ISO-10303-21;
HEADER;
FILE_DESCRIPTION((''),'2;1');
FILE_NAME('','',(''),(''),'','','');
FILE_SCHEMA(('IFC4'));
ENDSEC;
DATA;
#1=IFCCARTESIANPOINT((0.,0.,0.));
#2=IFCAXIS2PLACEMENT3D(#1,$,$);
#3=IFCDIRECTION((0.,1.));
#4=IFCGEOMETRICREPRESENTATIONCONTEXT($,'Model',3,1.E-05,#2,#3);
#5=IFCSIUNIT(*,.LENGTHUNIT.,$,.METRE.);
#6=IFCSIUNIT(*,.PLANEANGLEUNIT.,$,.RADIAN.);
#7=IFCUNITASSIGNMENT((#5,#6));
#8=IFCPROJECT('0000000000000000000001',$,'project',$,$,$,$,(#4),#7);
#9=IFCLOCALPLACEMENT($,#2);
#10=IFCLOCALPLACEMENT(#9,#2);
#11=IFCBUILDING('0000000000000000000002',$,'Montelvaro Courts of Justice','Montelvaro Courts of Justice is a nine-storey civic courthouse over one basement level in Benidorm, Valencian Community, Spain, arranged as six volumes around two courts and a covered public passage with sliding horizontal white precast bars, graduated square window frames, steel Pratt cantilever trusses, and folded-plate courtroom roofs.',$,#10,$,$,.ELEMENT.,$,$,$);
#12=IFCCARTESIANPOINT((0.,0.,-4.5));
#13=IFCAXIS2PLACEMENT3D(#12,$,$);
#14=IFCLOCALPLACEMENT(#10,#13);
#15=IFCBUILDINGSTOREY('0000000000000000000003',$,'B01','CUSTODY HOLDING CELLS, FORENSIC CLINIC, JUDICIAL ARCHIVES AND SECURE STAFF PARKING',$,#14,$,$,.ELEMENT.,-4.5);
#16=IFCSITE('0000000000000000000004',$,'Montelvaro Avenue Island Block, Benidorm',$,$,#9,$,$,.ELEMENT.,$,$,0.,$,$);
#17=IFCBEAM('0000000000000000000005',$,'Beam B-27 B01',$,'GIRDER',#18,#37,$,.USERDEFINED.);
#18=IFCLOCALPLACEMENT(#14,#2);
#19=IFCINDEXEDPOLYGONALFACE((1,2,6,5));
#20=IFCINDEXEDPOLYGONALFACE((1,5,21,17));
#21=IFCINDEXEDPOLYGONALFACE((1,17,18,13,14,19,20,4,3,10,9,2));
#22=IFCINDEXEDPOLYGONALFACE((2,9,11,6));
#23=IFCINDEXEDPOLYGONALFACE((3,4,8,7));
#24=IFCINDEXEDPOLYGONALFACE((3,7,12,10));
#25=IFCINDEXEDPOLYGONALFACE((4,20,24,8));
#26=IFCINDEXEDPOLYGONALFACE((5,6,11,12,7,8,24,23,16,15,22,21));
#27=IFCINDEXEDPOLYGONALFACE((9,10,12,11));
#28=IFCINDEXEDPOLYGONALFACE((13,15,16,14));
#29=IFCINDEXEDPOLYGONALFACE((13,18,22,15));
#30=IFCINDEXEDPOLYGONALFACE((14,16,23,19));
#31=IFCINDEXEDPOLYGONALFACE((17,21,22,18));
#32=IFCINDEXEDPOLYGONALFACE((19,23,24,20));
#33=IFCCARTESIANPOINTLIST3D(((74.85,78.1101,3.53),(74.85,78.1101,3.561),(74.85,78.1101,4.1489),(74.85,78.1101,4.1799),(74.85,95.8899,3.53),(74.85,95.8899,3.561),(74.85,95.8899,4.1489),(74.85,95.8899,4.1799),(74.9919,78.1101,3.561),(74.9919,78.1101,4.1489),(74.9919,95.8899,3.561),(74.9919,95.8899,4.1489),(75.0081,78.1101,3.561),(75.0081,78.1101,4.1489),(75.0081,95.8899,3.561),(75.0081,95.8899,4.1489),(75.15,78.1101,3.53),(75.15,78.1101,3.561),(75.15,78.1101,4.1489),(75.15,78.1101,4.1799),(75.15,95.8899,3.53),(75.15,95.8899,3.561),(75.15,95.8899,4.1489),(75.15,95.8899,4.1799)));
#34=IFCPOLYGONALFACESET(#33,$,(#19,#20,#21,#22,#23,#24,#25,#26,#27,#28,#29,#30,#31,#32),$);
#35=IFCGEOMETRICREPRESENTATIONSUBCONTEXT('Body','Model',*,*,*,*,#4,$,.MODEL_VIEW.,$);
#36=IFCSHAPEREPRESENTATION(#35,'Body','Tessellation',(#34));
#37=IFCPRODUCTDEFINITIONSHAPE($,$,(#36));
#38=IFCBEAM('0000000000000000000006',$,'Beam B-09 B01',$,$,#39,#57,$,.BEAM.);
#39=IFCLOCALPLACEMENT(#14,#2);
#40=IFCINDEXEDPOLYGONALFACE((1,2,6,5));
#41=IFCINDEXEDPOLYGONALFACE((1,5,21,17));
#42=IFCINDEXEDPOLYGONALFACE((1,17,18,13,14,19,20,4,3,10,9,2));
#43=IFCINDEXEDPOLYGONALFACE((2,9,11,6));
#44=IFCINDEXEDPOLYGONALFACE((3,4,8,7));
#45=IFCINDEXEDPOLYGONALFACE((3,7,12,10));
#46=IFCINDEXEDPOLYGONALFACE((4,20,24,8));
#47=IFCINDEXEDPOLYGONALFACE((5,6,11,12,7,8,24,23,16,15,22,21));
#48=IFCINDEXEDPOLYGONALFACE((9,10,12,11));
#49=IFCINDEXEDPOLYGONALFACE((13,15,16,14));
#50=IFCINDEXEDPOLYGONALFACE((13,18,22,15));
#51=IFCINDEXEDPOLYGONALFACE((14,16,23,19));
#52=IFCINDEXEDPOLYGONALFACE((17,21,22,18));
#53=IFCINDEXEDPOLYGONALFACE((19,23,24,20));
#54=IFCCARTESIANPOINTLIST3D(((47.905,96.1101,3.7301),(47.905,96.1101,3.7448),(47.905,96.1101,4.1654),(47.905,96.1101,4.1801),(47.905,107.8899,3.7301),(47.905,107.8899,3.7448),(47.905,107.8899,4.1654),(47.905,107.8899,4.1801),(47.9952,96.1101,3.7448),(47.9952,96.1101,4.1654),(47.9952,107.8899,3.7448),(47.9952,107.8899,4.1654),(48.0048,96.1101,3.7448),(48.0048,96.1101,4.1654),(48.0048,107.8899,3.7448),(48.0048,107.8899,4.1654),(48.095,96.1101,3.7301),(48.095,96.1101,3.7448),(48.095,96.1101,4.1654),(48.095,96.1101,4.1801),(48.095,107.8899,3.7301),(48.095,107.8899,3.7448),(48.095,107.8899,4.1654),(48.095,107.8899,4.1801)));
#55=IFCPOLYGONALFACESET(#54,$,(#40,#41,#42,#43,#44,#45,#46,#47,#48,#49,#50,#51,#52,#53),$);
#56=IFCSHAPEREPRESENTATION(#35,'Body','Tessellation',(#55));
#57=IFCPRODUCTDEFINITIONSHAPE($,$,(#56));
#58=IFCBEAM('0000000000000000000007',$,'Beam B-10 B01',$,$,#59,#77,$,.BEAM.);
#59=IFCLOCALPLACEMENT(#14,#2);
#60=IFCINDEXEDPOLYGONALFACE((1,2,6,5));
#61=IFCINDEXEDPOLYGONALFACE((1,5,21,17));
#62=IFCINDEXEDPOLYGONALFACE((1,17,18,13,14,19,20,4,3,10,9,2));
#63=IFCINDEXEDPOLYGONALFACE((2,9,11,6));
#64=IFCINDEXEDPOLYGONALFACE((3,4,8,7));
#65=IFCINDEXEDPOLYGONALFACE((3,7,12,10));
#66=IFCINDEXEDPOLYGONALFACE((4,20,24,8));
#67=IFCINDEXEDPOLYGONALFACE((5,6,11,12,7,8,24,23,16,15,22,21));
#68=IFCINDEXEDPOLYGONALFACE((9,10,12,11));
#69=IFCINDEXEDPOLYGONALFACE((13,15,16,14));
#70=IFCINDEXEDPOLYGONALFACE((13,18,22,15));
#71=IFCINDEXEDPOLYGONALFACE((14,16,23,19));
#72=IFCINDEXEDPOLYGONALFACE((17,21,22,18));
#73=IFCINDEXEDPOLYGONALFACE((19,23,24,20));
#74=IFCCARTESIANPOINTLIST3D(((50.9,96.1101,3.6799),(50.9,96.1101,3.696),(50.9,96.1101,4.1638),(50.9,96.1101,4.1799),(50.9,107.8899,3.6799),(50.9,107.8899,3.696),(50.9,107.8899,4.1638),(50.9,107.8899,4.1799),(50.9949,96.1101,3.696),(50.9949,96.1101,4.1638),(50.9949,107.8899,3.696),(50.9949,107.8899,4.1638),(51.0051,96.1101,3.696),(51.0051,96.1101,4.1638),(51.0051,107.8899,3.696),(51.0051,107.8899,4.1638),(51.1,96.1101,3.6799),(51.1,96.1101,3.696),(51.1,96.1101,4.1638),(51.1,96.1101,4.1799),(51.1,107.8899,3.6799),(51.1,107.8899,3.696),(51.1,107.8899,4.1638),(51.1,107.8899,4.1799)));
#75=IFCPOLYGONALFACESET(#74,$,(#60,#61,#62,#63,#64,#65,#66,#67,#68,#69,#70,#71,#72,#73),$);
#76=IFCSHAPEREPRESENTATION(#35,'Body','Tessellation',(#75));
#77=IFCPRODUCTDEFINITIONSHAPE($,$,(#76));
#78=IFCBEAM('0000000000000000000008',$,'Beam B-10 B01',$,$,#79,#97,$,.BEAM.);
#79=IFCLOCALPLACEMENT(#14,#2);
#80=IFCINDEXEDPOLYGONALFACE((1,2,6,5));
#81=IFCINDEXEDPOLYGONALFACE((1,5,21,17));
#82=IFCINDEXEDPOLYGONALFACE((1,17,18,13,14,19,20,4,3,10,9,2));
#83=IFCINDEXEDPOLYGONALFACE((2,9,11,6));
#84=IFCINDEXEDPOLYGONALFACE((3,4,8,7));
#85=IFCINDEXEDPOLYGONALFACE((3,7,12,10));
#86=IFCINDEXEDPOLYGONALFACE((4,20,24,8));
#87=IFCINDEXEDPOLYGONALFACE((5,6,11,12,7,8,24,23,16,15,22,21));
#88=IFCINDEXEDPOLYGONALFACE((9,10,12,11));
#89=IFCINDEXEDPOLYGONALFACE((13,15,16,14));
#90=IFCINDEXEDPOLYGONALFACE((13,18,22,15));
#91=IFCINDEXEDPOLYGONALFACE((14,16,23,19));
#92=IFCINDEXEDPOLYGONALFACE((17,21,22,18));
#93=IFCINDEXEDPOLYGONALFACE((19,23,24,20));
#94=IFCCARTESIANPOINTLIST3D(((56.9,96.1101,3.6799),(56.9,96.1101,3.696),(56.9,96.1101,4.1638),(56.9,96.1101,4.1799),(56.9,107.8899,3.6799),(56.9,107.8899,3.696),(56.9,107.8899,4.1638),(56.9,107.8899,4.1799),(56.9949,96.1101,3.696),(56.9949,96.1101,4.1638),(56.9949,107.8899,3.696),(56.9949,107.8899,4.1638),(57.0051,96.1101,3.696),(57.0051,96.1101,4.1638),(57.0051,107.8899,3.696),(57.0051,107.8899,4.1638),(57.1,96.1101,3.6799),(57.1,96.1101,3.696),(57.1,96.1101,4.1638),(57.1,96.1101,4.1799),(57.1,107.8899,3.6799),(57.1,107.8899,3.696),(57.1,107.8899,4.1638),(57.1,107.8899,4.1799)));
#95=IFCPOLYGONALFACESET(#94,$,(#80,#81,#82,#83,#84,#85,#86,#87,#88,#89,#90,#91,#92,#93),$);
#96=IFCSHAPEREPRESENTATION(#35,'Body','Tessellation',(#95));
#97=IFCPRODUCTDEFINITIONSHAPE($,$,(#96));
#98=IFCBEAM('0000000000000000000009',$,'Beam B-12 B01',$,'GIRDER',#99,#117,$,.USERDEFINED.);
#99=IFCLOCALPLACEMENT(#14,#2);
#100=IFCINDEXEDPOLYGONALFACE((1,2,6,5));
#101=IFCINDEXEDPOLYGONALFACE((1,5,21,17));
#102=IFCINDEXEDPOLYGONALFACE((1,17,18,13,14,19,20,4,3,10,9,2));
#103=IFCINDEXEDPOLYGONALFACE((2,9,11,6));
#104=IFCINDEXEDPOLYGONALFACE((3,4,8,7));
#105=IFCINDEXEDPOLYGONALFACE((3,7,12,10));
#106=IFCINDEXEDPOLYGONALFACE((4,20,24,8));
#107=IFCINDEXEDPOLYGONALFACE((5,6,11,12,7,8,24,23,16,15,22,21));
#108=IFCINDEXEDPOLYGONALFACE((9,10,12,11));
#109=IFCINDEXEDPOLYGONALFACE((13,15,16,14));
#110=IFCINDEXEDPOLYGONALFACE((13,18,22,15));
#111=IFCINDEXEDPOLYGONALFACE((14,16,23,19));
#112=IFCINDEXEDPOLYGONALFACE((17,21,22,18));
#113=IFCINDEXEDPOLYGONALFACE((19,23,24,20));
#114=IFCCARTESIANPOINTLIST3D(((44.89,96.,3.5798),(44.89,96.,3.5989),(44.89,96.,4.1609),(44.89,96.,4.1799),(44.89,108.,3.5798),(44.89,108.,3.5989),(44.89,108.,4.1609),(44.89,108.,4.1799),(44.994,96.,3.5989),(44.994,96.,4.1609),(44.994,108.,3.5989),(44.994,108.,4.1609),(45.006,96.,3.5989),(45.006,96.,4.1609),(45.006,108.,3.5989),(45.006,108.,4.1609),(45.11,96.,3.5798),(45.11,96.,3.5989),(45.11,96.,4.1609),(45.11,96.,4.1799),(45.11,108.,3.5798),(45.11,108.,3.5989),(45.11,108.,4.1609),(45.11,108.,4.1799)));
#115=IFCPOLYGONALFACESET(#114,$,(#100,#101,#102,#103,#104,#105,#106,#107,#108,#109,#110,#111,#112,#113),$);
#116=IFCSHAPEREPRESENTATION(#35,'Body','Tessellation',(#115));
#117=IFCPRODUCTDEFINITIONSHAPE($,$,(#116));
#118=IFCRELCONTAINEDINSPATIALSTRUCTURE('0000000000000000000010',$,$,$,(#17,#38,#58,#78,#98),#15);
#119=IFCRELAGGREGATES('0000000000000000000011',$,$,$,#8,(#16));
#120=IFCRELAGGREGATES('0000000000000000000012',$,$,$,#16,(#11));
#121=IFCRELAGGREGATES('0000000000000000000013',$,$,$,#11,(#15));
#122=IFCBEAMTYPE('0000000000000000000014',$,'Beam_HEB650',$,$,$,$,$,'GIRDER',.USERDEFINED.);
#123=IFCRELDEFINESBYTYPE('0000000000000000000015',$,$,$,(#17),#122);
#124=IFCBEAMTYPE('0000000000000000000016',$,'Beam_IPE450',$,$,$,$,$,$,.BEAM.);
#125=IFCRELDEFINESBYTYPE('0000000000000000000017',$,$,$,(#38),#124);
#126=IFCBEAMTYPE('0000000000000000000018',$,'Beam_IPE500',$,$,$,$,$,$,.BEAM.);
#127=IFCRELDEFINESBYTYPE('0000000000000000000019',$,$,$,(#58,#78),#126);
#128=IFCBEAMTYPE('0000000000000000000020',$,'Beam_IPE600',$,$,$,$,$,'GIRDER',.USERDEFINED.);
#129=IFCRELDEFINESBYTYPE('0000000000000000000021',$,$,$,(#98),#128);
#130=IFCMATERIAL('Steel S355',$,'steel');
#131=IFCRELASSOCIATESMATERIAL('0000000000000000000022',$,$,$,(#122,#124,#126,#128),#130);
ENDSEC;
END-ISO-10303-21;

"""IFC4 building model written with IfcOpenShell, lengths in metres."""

from ifc_helpers import new_model, si_unit, direction, frame, origin, origin_2d, place, context, subcontext, project, spatial, i_section, extrude, material, material_profile, profile_set, type_object, element, save


model = new_model("IFC4")

# Units and contexts
model_context = context("Model", 3, precision=1e-05, world=origin(), true_north=direction((0.0, 1.0)))
body_context = subcontext(model_context, "Body", "Model", "MODEL_VIEW")
ifc_project = project(units=[si_unit("LENGTHUNIT", "METRE"), si_unit("PLANEANGLEUNIT", "RADIAN")], contexts=[model_context])

# Site, building, storey
site_placement = place(None, origin())
site = spatial("IfcSite", under=ifc_project, at=site_placement, Name="Montelvaro Avenue Island Block, Benidorm", CompositionType="ELEMENT", RefElevation=0.0)
building_placement = place(site_placement, origin())
building = spatial("IfcBuilding", under=site, at=building_placement, Name="Montelvaro Courts of Justice", Description="Montelvaro Courts of Justice is a nine-storey civic courthouse over one basement level in Benidorm, Valencian Community, Spain, arranged as six volumes around two courts and a covered public passage with sliding horizontal white precast bars, graduated square window frames, steel Pratt cantilever trusses, and folded-plate courtroom roofs.", CompositionType="ELEMENT")
storey_placement = place(building_placement, frame((0.0, 0.0, -4.5)))
storey = spatial("IfcBuildingStorey", under=building, at=storey_placement, Name="B01", Description="CUSTODY HOLDING CELLS, FORENSIC CLINIC, JUDICIAL ARCHIVES AND SECURE STAFF PARKING", CompositionType="ELEMENT", Elevation=-4.5)

# Beams
ifc_material_1 = material(Name="Steel S355", Category="steel")
ifc_material_profile_1 = material_profile(ifc_material_1, i_section(OverallWidth=0.3, OverallDepth=0.6499, WebThickness=0.0161, FlangeThickness=0.031, at=origin_2d()), Name="HEB 650")
ifc_profile_set_1 = profile_set([ifc_material_profile_1], Name="Steel S355")
beam_type_1 = type_object("IfcBeamType", Name="Beam_HEB650", ElementType="GIRDER", PredefinedType="USERDEFINED", material=ifc_profile_set_1)
beam_1_placement = place(storey_placement, frame((75.0, 78.1101, 3.855), z_axis=(0.0, 1.0, 0.0), x_axis=(-1.0, 0.0, 0.0)))
element("IfcBeam", 1, at=beam_1_placement, inside=storey, type_object=beam_type_1, Name="Beam B-27 B01", ObjectType="GIRDER", PredefinedType="USERDEFINED", context=body_context, shape_type="SweptSolid", body=[
    extrude(i_section(OverallWidth=0.3, OverallDepth=0.6499, WebThickness=0.0161, FlangeThickness=0.031, at=origin_2d()), origin(), (0.0, 0.0, 1.0), 17.7798),
])
ifc_material_profile_2 = material_profile(ifc_material_1, i_section(OverallWidth=0.1899, OverallDepth=0.45, WebThickness=0.0095, FlangeThickness=0.0146, at=origin_2d()), Name="IPE 450")
ifc_profile_set_2 = profile_set([ifc_material_profile_2], Name="Steel S355")
beam_type_2 = type_object("IfcBeamType", Name="Beam_IPE450", PredefinedType="BEAM", material=ifc_profile_set_2)
beam_2_placement = place(storey_placement, frame((48.0, 96.1101, 3.9551), z_axis=(0.0, 1.0, 0.0), x_axis=(-1.0, 0.0, 0.0)))
element("IfcBeam", 2, at=beam_2_placement, inside=storey, type_object=beam_type_2, Name="Beam B-09 B01", PredefinedType="BEAM", context=body_context, shape_type="SweptSolid", body=[
    extrude(i_section(OverallWidth=0.1899, OverallDepth=0.45, WebThickness=0.0095, FlangeThickness=0.0146, at=origin_2d()), origin(), (0.0, 0.0, 1.0), 11.7798),
])
ifc_material_profile_3 = material_profile(ifc_material_1, i_section(OverallWidth=0.2, OverallDepth=0.5, WebThickness=0.0103, FlangeThickness=0.0161, at=origin_2d()), Name="IPE 500")
ifc_profile_set_3 = profile_set([ifc_material_profile_3], Name="Steel S355")
beam_type_3 = type_object("IfcBeamType", Name="Beam_IPE500", PredefinedType="BEAM", material=ifc_profile_set_3)
for number, where, z_axis, x_axis, name in (
    (3, (51.0, 96.1101, 3.9299), (0.0, 1.0, 0.0), (-1.0, 0.0, 0.0), "Beam B-10 B01"),
    (4, (57.0, 96.1101, 3.9299), (0.0, 1.0, 0.0), (-1.0, 0.0, 0.0), "Beam B-10 B01"),
):
    element("IfcBeam", number, at=place(storey_placement, frame(where, z_axis=z_axis, x_axis=x_axis)), inside=storey, type_object=beam_type_3, Name=name, PredefinedType="BEAM", context=body_context, shape_type="SweptSolid", body=[
        extrude(i_section(OverallWidth=0.2, OverallDepth=0.5, WebThickness=0.0103, FlangeThickness=0.0161, at=origin_2d()), origin(), (0.0, 0.0, 1.0), 11.7798),
    ])
ifc_material_profile_4 = material_profile(ifc_material_1, i_section(OverallWidth=0.22, OverallDepth=0.6001, WebThickness=0.012, FlangeThickness=0.019, at=origin_2d()), Name="IPE 600")
ifc_profile_set_4 = profile_set([ifc_material_profile_4], Name="Steel S355")
beam_type_4 = type_object("IfcBeamType", Name="Beam_IPE600", ElementType="GIRDER", PredefinedType="USERDEFINED", material=ifc_profile_set_4)
beam_3_placement = place(storey_placement, frame((45.0, 96.0, 3.8799), z_axis=(0.0, 1.0, 0.0), x_axis=(-1.0, 0.0, 0.0)))
element("IfcBeam", 5, at=beam_3_placement, inside=storey, type_object=beam_type_4, Name="Beam B-12 B01", ObjectType="GIRDER", PredefinedType="USERDEFINED", context=body_context, shape_type="SweptSolid", body=[
    extrude(i_section(OverallWidth=0.22, OverallDepth=0.6001, WebThickness=0.012, FlangeThickness=0.019, at=origin_2d()), origin(), (0.0, 0.0, 1.0), 12.0),
])

save(model, "model.ifc")
